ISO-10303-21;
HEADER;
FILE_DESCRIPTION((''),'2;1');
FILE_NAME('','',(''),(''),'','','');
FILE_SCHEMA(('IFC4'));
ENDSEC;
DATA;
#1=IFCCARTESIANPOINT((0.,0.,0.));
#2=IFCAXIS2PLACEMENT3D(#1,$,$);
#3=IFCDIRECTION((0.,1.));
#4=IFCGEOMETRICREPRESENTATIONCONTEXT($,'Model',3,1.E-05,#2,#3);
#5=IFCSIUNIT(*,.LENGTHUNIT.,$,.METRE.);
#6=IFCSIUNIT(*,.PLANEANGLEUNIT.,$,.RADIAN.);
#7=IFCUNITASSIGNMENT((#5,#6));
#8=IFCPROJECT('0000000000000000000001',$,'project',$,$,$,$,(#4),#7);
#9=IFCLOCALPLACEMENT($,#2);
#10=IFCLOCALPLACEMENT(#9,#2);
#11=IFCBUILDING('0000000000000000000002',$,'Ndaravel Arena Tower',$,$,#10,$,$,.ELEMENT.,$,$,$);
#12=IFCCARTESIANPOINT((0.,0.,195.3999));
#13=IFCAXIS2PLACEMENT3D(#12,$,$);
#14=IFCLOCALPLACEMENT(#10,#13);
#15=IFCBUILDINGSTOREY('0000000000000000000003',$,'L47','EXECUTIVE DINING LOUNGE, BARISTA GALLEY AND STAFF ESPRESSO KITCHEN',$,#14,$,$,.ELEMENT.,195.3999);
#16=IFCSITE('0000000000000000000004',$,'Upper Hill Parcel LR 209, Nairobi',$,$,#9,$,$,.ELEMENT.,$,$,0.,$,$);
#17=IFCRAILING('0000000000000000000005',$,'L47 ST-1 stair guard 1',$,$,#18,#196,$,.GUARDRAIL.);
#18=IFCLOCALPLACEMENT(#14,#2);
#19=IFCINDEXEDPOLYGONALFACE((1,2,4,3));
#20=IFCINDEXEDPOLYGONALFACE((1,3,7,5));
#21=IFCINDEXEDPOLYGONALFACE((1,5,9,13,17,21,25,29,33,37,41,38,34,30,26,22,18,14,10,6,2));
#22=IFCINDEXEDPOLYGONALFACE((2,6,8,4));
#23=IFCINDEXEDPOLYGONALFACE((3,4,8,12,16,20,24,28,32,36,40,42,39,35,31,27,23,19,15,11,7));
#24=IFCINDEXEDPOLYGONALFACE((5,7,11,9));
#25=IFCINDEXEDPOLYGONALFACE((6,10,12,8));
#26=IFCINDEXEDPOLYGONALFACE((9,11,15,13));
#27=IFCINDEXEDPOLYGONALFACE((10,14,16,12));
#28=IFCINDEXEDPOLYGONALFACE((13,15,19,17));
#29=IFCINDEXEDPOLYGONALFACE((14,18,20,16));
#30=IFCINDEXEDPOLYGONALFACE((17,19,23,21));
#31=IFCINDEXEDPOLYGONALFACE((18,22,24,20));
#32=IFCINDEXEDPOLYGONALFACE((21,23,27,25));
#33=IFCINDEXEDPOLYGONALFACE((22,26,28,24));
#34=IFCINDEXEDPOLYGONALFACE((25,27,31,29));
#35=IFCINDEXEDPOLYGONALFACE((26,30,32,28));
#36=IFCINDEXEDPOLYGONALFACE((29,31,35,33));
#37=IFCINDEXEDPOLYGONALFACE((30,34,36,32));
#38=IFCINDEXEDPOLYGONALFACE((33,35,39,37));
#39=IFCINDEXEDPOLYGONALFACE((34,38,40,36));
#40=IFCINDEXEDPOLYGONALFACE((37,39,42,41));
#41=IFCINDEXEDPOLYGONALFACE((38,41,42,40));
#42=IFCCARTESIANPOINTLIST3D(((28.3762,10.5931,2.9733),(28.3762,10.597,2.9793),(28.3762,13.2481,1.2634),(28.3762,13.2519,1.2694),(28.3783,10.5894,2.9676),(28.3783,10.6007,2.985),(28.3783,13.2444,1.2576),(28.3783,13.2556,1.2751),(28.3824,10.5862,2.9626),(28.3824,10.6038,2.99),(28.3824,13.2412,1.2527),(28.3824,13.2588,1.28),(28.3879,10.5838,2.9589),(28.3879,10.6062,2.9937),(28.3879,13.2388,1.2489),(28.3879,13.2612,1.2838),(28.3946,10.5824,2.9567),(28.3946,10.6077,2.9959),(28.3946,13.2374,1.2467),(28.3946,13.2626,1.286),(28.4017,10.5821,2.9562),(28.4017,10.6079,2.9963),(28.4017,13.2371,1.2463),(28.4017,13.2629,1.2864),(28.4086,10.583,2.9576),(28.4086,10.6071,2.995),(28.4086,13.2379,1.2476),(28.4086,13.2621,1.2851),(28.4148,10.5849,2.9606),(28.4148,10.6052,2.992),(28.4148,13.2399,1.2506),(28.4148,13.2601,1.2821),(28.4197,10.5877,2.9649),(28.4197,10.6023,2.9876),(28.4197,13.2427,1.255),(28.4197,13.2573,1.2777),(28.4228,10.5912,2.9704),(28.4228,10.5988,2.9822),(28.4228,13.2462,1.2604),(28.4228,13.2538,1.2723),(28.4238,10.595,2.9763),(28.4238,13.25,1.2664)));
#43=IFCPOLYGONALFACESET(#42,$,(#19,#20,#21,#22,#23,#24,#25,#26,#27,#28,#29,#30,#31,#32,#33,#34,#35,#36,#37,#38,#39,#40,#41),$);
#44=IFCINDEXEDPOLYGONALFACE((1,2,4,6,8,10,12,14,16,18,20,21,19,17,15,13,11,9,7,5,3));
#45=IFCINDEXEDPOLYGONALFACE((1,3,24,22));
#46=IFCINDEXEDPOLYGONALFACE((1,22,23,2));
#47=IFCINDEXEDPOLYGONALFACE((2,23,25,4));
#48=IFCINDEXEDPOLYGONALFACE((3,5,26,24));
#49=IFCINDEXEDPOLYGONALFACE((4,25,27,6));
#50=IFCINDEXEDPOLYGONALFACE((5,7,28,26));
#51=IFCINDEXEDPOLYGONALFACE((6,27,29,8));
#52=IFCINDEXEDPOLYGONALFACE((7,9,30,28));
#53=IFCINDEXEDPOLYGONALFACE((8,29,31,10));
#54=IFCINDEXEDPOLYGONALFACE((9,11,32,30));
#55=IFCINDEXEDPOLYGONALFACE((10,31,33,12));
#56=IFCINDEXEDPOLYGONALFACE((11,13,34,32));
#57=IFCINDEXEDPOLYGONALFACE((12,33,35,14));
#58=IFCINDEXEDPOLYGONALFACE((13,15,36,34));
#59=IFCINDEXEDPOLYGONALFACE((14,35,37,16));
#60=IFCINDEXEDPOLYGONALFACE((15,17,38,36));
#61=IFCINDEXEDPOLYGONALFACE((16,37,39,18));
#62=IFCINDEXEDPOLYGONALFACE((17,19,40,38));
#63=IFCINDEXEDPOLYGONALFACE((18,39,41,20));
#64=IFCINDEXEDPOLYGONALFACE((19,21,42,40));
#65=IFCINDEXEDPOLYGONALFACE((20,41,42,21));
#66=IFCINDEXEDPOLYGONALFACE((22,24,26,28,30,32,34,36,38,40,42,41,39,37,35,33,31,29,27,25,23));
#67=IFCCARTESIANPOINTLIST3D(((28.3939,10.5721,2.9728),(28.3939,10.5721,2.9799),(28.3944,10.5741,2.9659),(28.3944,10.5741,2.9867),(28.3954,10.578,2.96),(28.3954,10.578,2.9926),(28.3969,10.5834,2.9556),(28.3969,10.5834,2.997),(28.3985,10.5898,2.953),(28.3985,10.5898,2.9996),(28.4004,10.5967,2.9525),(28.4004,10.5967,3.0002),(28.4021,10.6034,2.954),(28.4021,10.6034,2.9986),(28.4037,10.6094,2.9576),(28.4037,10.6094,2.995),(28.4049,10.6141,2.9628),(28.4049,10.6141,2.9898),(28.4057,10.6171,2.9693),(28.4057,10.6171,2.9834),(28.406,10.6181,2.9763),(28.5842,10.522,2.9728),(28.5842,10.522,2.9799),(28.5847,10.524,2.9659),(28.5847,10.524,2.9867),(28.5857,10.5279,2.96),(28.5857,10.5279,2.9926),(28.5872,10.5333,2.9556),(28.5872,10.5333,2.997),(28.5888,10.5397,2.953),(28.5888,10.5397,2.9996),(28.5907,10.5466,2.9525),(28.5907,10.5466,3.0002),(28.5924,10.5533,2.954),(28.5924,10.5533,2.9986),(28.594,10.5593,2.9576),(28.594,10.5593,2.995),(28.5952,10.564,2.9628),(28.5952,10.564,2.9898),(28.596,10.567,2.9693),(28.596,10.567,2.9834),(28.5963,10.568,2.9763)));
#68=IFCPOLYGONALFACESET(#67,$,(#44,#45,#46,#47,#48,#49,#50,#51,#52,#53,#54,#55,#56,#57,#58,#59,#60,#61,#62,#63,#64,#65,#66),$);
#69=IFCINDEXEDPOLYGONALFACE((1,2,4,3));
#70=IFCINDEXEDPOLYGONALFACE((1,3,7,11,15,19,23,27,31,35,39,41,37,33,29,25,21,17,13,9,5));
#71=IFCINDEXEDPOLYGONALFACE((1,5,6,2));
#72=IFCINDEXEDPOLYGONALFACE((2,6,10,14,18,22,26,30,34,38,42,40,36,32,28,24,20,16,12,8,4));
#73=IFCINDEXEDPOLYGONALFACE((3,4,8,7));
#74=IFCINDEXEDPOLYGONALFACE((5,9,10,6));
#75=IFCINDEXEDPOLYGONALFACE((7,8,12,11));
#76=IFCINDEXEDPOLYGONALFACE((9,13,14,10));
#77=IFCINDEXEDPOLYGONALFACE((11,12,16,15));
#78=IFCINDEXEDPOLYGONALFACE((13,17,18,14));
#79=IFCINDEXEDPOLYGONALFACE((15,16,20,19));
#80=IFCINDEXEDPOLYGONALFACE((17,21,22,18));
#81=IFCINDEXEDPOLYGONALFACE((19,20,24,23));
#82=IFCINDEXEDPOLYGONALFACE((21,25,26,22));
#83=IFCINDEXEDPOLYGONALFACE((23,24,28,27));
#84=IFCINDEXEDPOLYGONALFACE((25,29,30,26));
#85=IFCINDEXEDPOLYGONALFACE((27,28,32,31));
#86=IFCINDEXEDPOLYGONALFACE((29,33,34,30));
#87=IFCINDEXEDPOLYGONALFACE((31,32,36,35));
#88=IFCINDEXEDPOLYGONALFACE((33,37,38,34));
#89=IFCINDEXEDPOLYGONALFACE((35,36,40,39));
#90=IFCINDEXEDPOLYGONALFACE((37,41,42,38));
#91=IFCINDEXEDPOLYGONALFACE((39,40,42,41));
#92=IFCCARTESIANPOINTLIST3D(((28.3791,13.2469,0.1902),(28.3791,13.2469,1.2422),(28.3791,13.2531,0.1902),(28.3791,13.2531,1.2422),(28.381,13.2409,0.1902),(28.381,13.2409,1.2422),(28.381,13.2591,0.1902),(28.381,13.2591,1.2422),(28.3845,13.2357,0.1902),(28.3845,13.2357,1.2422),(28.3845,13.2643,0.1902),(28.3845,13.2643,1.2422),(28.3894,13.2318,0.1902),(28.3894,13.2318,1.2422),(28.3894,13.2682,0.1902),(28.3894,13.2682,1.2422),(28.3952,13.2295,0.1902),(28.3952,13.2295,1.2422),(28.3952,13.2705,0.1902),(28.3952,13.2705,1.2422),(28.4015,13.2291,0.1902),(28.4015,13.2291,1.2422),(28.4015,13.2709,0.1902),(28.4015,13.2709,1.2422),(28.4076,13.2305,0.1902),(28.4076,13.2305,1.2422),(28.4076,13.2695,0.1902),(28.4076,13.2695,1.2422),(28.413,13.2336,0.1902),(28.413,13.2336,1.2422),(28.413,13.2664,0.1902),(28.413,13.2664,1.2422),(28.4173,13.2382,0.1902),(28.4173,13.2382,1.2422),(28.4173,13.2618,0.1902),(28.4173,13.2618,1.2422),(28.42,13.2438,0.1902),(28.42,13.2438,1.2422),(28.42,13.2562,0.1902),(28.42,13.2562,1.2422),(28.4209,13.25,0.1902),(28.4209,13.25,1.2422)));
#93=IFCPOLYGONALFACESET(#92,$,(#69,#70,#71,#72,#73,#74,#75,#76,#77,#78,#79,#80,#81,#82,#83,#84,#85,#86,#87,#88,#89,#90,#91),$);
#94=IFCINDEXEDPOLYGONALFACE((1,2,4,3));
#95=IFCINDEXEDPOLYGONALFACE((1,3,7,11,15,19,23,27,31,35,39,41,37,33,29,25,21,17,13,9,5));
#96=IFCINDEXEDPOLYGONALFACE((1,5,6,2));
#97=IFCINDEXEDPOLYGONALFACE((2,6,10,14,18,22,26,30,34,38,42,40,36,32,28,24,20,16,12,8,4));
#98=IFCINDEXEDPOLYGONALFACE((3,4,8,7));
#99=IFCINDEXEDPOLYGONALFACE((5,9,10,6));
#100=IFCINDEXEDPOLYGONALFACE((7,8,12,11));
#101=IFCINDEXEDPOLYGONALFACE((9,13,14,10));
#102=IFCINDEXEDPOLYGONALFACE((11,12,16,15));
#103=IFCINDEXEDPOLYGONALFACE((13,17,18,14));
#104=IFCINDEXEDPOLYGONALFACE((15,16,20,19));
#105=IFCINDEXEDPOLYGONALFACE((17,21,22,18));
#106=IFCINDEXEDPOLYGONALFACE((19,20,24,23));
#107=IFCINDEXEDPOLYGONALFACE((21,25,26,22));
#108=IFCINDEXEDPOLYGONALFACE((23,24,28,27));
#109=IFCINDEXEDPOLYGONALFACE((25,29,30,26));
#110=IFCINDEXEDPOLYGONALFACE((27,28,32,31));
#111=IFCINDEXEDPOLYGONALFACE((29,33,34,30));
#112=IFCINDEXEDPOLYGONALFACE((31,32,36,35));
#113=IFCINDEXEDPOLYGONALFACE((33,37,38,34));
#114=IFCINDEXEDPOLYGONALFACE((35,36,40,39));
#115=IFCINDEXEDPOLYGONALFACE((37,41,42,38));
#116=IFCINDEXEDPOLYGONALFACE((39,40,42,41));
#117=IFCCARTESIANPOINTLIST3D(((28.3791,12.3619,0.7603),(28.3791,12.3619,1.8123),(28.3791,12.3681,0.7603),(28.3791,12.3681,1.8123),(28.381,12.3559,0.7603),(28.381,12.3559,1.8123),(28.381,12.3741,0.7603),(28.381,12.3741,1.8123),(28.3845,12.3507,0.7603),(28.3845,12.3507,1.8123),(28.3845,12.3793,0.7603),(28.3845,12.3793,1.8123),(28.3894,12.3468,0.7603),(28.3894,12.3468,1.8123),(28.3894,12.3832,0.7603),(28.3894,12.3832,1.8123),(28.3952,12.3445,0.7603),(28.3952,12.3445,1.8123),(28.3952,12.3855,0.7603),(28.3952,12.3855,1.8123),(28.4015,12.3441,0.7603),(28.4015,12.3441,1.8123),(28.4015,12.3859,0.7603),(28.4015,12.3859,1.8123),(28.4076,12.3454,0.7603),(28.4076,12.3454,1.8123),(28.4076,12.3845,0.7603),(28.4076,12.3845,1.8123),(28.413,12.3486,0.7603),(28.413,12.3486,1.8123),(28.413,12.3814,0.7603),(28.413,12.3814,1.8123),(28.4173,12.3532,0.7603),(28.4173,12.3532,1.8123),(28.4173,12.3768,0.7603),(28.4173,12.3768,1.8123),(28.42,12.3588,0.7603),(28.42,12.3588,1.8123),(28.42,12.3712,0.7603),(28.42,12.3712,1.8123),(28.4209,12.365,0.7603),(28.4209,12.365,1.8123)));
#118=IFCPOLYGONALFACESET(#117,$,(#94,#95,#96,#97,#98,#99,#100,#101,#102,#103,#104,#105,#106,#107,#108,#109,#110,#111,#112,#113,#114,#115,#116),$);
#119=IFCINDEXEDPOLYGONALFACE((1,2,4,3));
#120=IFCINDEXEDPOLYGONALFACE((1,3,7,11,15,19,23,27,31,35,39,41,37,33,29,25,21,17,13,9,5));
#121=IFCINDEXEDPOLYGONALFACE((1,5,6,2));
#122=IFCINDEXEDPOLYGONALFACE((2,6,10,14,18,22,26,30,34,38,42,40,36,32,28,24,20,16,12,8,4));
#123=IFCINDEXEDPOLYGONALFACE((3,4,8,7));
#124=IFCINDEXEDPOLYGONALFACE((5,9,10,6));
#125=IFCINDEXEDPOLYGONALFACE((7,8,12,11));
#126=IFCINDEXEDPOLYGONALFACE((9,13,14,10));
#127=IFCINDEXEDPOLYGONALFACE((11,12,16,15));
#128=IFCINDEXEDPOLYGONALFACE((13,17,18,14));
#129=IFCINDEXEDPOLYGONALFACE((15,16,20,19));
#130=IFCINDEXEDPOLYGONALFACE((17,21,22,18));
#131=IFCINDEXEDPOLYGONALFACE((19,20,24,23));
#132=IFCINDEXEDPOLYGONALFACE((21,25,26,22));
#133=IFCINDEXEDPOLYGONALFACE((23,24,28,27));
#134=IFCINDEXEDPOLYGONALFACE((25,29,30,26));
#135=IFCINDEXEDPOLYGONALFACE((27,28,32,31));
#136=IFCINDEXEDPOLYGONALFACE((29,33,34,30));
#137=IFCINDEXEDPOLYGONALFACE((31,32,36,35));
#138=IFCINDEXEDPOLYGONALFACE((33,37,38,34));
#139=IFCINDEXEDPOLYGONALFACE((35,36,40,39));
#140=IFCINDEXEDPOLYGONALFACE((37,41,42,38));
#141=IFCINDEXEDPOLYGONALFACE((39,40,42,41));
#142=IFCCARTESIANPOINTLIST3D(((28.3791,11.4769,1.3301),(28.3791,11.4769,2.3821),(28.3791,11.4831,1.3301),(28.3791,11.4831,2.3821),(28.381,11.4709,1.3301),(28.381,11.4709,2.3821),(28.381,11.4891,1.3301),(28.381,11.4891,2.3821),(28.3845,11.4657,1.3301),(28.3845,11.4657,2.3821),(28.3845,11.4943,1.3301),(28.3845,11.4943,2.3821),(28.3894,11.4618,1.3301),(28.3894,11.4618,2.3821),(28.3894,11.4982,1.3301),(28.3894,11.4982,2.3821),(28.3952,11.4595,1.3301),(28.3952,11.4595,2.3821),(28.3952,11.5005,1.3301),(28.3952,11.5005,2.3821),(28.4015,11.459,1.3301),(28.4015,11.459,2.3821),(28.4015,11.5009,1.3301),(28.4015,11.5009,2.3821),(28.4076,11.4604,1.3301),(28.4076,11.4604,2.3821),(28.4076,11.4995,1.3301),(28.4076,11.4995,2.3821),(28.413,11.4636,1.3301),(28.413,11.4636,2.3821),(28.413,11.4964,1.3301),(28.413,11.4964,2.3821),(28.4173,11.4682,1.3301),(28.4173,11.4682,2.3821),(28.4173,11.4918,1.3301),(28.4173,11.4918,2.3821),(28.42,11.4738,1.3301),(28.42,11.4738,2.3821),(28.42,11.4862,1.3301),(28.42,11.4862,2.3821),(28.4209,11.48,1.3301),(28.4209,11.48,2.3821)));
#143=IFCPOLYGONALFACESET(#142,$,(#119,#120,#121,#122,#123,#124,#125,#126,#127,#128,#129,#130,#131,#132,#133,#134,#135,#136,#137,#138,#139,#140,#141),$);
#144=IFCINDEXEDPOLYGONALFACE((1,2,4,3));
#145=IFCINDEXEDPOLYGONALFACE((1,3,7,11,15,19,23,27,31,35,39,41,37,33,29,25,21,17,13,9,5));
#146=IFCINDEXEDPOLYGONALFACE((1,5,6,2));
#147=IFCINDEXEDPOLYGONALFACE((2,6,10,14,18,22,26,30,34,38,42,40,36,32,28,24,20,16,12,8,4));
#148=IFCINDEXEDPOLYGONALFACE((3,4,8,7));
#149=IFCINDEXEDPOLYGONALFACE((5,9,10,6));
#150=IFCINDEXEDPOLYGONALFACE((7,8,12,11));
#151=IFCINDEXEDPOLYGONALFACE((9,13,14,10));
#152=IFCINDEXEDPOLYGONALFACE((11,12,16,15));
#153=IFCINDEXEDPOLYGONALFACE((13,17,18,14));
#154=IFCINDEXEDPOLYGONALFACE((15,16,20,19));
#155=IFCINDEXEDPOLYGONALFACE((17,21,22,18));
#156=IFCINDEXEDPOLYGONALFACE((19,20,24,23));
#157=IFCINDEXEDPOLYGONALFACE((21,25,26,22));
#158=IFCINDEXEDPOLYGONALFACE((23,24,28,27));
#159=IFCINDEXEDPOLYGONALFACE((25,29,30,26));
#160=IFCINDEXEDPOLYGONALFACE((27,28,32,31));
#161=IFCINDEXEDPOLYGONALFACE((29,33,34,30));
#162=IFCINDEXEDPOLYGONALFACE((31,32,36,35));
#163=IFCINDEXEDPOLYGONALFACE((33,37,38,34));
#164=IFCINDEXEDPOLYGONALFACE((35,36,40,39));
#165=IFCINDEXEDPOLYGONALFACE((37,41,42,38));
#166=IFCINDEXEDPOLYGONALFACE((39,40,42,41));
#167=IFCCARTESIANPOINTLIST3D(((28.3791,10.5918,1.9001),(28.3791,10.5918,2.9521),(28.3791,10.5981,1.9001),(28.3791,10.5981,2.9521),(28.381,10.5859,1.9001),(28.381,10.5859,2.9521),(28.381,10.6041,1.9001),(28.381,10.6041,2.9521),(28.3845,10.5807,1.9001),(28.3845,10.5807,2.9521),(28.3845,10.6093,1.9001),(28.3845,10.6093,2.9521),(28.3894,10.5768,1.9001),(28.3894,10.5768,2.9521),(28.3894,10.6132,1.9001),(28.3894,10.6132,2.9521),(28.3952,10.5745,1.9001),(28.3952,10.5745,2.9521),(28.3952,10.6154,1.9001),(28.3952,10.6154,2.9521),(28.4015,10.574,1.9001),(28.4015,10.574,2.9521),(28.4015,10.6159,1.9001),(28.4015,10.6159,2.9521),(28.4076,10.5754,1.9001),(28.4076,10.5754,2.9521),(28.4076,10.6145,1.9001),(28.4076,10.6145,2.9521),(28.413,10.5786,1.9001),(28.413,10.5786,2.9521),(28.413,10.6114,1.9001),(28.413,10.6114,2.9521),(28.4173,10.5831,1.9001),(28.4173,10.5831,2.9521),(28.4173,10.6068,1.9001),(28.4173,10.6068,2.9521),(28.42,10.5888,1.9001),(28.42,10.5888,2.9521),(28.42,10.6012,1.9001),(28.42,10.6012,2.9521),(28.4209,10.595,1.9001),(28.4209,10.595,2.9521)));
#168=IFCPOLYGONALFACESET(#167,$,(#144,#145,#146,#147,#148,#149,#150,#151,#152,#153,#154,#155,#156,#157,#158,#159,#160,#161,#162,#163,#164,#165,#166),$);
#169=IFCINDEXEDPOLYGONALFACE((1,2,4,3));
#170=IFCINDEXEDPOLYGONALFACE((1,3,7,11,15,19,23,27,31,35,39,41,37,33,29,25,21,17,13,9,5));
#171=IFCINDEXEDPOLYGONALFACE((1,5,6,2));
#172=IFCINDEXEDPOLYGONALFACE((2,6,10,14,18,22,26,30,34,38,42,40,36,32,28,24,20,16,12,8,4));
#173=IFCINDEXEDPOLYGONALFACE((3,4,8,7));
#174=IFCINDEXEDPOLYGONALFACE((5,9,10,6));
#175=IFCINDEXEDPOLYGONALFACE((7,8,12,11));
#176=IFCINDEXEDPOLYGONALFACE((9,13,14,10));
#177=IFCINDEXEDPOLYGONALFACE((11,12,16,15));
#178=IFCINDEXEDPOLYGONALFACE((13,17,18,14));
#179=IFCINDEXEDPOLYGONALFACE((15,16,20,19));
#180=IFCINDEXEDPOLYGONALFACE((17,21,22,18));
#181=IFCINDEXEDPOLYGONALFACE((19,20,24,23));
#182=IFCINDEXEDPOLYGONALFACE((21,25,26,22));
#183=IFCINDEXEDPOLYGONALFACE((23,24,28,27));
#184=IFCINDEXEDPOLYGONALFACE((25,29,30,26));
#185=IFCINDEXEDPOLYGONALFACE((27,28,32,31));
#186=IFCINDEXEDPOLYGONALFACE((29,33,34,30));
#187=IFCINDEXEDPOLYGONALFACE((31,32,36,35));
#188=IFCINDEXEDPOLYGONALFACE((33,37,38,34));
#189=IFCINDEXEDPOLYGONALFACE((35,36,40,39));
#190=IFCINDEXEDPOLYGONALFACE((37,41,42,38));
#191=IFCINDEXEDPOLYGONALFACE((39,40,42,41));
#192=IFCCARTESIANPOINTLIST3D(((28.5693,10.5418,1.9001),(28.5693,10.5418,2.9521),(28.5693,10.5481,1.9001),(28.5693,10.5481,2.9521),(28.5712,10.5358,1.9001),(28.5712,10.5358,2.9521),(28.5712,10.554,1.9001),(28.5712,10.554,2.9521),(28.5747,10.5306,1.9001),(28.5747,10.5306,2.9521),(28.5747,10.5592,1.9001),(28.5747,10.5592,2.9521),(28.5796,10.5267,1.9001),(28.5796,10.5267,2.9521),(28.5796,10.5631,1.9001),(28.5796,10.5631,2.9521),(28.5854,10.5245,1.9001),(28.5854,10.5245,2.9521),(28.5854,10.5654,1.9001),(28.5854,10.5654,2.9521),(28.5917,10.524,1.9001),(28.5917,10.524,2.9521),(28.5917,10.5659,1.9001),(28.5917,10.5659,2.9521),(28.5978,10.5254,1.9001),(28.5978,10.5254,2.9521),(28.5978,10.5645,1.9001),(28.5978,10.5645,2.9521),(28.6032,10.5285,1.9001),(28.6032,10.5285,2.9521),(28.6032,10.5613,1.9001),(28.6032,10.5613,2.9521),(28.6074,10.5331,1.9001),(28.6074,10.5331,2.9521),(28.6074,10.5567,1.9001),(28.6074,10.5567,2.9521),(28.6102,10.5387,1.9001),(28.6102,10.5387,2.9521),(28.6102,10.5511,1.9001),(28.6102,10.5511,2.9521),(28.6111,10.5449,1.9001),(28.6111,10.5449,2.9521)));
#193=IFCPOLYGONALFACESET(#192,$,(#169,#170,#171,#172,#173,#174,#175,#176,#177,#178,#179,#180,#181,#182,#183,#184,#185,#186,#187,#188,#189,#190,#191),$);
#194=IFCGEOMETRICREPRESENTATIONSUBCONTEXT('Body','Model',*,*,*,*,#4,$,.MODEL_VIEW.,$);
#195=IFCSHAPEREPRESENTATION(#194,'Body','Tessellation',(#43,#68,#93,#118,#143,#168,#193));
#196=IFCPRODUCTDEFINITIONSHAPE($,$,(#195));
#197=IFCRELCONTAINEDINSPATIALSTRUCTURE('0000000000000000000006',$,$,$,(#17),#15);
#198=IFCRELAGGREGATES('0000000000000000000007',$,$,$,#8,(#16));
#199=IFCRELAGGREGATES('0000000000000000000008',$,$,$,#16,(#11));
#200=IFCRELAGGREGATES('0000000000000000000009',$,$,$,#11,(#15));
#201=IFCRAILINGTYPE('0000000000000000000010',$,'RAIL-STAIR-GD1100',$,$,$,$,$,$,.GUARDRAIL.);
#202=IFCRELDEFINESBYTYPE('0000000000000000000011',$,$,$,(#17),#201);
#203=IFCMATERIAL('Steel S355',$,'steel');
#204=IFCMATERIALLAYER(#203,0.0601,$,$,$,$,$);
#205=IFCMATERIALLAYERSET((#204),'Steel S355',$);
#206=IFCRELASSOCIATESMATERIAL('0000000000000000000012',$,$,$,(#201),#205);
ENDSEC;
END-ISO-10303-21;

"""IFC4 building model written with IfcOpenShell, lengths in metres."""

from ifc_helpers import new_model, si_unit, direction, frame, origin, origin_2d, place, context, subcontext, project, spatial, circle, extrude, material, layer, layer_set, type_object, element, save


model = new_model("IFC4")

# Units and contexts
model_context = context("Model", 3, precision=1e-05, world=origin(), true_north=direction((0.0, 1.0)))
body_context = subcontext(model_context, "Body", "Model", "MODEL_VIEW")
ifc_project = project(units=[si_unit("LENGTHUNIT", "METRE"), si_unit("PLANEANGLEUNIT", "RADIAN")], contexts=[model_context])

# Site, building, storey
site_placement = place(None, origin())
site = spatial("IfcSite", under=ifc_project, at=site_placement, Name="Upper Hill Parcel LR 209, Nairobi", CompositionType="ELEMENT", RefElevation=0.0)
building_placement = place(site_placement, origin())
building = spatial("IfcBuilding", under=site, at=building_placement, Name="Ndaravel Arena Tower", CompositionType="ELEMENT")
storey_placement = place(building_placement, frame((0.0, 0.0, 195.3999)))
storey = spatial("IfcBuildingStorey", under=building, at=storey_placement, Name="L47", Description="EXECUTIVE DINING LOUNGE, BARISTA GALLEY AND STAFF ESPRESSO KITCHEN", CompositionType="ELEMENT", Elevation=195.3999)

# Railing
ifc_material_1 = material(Name="Steel S355", Category="steel")
ifc_layer_1 = layer(ifc_material_1, 0.0601)
ifc_layer_set_1 = layer_set([ifc_layer_1], Name="Steel S355")
railing_type_1 = type_object("IfcRailingType", Name="RAIL-STAIR-GD1100", PredefinedType="GUARDRAIL", material=ifc_layer_set_1)
railing_1_placement = place(storey_placement, frame((28.3999, 13.25, 0.1902)))
element("IfcRailing", 1, at=railing_1_placement, inside=storey, type_object=railing_type_1, Name="L47 ST-1 stair guard 1", PredefinedType="GUARDRAIL", context=body_context, shape_type="SweptSolid", body=[
    extrude(circle(Radius=0.0239, at=origin_2d()), frame((0.0, 0.0, 1.0762), z_axis=(0.0, -0.840724, 0.541465), x_axis=(1.0, 0.0, 0.0)), (0.0, 0.0, 1.0), 3.158),
    extrude(circle(Radius=0.0239, at=origin_2d()), frame((0.0, -2.655, 2.7861), z_axis=(0.967075, -0.254493, 0.0), x_axis=(0.254493, 0.967075, 0.0)), (0.0, 0.0, 1.0), 0.1968),
    extrude(circle(Radius=0.021, at=origin_2d()), origin(), (0.0, 0.0, 1.0), 1.052),
    extrude(circle(Radius=0.021, at=origin_2d()), frame((0.0, -0.885, 0.5701)), (0.0, 0.0, 1.0), 1.052),
    extrude(circle(Radius=0.021, at=origin_2d()), frame((0.0, -1.77, 1.1399)), (0.0, 0.0, 1.0), 1.052),
    extrude(circle(Radius=0.021, at=origin_2d()), frame((0.0, -2.655, 1.71)), (0.0, 0.0, 1.0), 1.052),
    extrude(circle(Radius=0.021, at=origin_2d()), frame((0.1902, -2.7051, 1.71)), (0.0, 0.0, 1.0), 1.052),
])

save(model, "model.ifc")
